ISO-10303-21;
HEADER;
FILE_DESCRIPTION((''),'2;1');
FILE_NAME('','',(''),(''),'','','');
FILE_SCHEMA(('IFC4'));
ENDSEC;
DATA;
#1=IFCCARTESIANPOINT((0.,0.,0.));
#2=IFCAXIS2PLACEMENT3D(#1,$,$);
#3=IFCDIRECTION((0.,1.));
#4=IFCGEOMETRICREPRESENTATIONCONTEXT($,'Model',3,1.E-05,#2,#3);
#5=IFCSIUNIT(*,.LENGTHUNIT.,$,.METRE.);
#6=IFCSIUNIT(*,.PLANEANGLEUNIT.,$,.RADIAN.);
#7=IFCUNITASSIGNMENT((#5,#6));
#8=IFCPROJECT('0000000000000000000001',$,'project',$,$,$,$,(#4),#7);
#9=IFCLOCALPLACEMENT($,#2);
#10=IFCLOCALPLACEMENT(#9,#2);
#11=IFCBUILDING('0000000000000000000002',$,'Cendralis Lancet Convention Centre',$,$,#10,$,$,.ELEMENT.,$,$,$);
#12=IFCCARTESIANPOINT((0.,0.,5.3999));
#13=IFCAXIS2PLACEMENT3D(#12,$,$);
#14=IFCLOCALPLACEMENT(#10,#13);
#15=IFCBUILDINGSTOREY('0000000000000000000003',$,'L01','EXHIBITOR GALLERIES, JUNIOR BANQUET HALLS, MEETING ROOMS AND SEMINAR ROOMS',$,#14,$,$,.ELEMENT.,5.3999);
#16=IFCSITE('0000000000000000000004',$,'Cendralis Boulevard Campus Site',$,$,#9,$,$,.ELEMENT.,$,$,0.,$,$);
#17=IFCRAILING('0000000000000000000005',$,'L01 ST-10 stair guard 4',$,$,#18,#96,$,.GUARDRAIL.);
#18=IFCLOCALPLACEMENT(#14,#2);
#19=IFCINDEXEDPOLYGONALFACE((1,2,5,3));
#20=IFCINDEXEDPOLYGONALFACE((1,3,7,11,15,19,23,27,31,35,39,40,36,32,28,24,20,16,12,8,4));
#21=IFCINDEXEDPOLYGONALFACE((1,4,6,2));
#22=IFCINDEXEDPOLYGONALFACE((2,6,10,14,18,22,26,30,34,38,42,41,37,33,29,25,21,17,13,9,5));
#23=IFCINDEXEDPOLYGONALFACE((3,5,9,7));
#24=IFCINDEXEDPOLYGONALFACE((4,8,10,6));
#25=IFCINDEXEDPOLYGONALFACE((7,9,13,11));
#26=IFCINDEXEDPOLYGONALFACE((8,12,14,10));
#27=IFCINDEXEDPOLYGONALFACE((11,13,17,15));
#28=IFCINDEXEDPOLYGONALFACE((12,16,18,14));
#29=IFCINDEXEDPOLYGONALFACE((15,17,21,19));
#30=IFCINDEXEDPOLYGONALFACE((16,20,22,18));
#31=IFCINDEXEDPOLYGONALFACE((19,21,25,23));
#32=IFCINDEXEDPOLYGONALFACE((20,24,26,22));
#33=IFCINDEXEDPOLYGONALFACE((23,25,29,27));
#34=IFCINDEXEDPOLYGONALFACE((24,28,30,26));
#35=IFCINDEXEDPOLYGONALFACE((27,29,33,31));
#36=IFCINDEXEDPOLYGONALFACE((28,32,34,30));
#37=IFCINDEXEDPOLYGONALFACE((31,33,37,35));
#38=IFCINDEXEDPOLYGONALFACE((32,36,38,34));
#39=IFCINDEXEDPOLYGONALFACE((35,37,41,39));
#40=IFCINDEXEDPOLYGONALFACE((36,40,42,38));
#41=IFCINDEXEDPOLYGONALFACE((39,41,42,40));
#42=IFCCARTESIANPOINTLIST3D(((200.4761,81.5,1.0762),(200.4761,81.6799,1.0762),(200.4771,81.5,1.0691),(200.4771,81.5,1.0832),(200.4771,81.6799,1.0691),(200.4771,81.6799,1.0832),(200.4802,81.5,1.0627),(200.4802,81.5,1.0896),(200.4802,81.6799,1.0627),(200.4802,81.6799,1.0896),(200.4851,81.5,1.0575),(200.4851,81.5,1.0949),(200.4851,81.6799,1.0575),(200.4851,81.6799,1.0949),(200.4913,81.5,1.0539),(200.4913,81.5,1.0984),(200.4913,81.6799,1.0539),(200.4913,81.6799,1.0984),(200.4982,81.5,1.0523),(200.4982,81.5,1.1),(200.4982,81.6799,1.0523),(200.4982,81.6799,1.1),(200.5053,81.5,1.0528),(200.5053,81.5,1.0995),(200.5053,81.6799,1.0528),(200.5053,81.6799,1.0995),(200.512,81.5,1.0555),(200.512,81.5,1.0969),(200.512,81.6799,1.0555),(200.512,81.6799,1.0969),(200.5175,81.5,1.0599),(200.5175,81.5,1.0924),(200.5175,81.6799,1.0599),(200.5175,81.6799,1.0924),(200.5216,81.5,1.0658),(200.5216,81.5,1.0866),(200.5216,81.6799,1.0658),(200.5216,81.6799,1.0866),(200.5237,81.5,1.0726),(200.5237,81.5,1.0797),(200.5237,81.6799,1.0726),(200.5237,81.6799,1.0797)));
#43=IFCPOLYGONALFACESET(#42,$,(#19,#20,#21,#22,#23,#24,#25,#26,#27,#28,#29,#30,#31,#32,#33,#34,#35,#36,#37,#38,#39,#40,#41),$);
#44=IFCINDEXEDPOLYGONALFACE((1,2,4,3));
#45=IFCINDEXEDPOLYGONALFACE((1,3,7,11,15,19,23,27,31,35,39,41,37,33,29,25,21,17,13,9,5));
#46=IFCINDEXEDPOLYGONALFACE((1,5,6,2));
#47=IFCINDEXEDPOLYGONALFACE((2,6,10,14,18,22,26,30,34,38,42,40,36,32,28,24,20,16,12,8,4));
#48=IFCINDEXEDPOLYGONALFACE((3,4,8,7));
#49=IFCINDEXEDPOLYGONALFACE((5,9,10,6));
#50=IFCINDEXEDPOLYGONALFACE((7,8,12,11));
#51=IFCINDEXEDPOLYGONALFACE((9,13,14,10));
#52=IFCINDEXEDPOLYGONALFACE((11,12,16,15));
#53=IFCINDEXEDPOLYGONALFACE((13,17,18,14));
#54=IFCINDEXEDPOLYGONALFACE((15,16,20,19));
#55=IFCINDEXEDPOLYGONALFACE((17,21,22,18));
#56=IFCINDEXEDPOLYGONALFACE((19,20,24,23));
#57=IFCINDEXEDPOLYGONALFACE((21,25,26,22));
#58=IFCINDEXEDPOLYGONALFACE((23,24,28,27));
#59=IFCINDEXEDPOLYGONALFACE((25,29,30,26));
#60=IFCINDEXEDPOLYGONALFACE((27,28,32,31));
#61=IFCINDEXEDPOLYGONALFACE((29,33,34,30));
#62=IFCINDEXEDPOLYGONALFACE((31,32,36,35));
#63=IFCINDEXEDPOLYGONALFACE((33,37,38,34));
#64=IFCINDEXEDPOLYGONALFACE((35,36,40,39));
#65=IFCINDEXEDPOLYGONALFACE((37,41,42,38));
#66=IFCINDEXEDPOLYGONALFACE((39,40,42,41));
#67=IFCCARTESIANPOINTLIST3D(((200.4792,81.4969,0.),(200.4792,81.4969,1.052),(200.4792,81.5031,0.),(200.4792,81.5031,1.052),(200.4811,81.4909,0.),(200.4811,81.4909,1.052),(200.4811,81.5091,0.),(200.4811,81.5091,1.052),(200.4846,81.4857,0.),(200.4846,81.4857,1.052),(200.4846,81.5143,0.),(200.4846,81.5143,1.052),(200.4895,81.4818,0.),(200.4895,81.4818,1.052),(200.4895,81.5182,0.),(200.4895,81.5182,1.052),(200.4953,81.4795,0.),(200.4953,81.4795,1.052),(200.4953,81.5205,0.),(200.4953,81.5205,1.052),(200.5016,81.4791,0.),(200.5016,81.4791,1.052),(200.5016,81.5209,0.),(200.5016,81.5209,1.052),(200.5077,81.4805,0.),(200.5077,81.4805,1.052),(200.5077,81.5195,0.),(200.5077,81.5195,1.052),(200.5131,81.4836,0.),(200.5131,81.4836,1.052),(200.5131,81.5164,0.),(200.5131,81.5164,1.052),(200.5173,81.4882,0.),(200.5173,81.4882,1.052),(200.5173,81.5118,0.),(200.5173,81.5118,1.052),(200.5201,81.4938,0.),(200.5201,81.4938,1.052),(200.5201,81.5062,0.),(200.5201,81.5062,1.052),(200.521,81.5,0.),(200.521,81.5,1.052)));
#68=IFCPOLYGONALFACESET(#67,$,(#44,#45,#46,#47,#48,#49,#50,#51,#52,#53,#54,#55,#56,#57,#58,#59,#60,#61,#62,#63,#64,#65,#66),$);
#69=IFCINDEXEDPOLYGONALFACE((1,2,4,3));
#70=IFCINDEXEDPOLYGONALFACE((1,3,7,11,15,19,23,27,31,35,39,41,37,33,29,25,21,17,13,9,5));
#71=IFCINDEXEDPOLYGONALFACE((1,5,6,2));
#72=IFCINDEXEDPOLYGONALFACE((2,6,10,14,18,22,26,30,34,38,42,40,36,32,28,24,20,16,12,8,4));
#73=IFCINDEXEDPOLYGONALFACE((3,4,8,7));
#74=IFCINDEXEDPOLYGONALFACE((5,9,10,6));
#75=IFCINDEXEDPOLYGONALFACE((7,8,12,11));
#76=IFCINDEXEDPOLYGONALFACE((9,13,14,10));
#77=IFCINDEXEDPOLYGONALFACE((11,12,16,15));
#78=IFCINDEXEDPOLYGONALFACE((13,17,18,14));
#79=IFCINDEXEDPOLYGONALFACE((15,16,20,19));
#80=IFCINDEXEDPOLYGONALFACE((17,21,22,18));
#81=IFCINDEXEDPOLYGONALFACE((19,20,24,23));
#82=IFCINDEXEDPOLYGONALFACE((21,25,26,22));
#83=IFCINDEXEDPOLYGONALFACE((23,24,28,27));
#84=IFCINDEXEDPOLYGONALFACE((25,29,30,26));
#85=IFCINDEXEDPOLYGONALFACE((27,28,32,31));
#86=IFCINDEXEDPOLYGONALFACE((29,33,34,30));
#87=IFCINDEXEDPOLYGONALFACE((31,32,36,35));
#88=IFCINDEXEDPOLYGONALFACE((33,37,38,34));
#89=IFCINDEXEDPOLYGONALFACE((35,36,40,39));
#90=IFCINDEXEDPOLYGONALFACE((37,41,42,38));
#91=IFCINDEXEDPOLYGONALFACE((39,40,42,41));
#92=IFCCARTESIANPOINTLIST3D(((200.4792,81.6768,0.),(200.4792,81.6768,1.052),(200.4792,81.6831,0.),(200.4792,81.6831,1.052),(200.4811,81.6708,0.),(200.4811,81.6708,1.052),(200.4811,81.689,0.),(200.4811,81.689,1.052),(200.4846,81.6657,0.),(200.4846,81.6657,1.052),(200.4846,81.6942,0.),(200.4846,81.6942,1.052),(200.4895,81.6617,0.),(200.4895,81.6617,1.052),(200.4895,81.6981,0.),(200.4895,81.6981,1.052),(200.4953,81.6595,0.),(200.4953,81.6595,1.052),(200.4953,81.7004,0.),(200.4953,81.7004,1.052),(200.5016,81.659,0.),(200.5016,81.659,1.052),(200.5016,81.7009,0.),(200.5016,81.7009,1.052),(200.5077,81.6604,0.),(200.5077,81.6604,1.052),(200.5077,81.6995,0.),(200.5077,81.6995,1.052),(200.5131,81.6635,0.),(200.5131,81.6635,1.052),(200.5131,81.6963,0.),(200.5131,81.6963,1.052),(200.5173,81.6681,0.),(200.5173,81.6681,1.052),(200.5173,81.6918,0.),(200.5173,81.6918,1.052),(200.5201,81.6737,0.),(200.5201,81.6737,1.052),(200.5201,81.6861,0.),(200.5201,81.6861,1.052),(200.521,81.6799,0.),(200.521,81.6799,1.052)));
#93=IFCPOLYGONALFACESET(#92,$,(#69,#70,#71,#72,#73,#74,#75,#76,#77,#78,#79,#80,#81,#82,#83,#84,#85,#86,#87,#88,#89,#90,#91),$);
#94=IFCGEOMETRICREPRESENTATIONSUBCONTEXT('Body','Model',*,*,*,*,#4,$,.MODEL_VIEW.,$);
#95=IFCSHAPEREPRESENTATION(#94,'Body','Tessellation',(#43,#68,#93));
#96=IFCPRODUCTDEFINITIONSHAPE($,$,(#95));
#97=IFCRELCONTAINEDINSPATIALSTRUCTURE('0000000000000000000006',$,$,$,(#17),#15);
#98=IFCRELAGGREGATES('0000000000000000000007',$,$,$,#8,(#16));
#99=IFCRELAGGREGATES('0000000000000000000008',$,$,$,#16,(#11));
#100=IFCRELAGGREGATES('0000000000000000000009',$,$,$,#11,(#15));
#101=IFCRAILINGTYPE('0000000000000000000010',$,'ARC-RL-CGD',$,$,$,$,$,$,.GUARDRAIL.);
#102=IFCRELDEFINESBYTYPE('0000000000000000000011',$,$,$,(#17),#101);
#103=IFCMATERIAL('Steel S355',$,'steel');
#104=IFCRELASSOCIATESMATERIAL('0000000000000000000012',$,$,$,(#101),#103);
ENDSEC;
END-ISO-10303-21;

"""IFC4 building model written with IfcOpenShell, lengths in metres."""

from ifc_helpers import new_model, si_unit, direction, frame, origin, origin_2d, place, context, subcontext, project, spatial, circle, extrude, material, type_object, element, save


model = new_model("IFC4")

# Units and contexts
model_context = context("Model", 3, precision=1e-05, world=origin(), true_north=direction((0.0, 1.0)))
body_context = subcontext(model_context, "Body", "Model", "MODEL_VIEW")
ifc_project = project(units=[si_unit("LENGTHUNIT", "METRE"), si_unit("PLANEANGLEUNIT", "RADIAN")], contexts=[model_context])

# Site, building, storey
site_placement = place(None, origin())
site = spatial("IfcSite", under=ifc_project, at=site_placement, Name="Cendralis Boulevard Campus Site", CompositionType="ELEMENT", RefElevation=0.0)
building_placement = place(site_placement, origin())
building = spatial("IfcBuilding", under=site, at=building_placement, Name="Cendralis Lancet Convention Centre", CompositionType="ELEMENT")
storey_placement = place(building_placement, frame((0.0, 0.0, 5.3999)))
storey = spatial("IfcBuildingStorey", under=building, at=storey_placement, Name="L01", Description="EXHIBITOR GALLERIES, JUNIOR BANQUET HALLS, MEETING ROOMS AND SEMINAR ROOMS", CompositionType="ELEMENT", Elevation=5.3999)

# Shared definitions
ifc_material_1 = material(Name="Steel S355", Category="steel")

# Railing
railing_type_1 = type_object("IfcRailingType", Name="ARC-RL-CGD", PredefinedType="GUARDRAIL", material=ifc_material_1)
railing_1_placement = place(storey_placement, frame((200.5, 81.5, 0.0)))
element("IfcRailing", 1, at=railing_1_placement, inside=storey, type_object=railing_type_1, Name="L01 ST-10 stair guard 4", PredefinedType="GUARDRAIL", context=body_context, shape_type="SweptSolid", body=[
    extrude(circle(Radius=0.0239, at=origin_2d()), frame((0.0, 0.0, 1.0762), z_axis=(0.0, 1.0, 0.0), x_axis=(-1.0, 0.0, 0.0)), (0.0, 0.0, 1.0), 0.1799),
    extrude(circle(Radius=0.021, at=origin_2d()), origin(), (0.0, 0.0, 1.0), 1.052),
    extrude(circle(Radius=0.021, at=origin_2d()), frame((0.0, 0.1799, 0.0)), (0.0, 0.0, 1.0), 1.052),
])

save(model, "model.ifc")
